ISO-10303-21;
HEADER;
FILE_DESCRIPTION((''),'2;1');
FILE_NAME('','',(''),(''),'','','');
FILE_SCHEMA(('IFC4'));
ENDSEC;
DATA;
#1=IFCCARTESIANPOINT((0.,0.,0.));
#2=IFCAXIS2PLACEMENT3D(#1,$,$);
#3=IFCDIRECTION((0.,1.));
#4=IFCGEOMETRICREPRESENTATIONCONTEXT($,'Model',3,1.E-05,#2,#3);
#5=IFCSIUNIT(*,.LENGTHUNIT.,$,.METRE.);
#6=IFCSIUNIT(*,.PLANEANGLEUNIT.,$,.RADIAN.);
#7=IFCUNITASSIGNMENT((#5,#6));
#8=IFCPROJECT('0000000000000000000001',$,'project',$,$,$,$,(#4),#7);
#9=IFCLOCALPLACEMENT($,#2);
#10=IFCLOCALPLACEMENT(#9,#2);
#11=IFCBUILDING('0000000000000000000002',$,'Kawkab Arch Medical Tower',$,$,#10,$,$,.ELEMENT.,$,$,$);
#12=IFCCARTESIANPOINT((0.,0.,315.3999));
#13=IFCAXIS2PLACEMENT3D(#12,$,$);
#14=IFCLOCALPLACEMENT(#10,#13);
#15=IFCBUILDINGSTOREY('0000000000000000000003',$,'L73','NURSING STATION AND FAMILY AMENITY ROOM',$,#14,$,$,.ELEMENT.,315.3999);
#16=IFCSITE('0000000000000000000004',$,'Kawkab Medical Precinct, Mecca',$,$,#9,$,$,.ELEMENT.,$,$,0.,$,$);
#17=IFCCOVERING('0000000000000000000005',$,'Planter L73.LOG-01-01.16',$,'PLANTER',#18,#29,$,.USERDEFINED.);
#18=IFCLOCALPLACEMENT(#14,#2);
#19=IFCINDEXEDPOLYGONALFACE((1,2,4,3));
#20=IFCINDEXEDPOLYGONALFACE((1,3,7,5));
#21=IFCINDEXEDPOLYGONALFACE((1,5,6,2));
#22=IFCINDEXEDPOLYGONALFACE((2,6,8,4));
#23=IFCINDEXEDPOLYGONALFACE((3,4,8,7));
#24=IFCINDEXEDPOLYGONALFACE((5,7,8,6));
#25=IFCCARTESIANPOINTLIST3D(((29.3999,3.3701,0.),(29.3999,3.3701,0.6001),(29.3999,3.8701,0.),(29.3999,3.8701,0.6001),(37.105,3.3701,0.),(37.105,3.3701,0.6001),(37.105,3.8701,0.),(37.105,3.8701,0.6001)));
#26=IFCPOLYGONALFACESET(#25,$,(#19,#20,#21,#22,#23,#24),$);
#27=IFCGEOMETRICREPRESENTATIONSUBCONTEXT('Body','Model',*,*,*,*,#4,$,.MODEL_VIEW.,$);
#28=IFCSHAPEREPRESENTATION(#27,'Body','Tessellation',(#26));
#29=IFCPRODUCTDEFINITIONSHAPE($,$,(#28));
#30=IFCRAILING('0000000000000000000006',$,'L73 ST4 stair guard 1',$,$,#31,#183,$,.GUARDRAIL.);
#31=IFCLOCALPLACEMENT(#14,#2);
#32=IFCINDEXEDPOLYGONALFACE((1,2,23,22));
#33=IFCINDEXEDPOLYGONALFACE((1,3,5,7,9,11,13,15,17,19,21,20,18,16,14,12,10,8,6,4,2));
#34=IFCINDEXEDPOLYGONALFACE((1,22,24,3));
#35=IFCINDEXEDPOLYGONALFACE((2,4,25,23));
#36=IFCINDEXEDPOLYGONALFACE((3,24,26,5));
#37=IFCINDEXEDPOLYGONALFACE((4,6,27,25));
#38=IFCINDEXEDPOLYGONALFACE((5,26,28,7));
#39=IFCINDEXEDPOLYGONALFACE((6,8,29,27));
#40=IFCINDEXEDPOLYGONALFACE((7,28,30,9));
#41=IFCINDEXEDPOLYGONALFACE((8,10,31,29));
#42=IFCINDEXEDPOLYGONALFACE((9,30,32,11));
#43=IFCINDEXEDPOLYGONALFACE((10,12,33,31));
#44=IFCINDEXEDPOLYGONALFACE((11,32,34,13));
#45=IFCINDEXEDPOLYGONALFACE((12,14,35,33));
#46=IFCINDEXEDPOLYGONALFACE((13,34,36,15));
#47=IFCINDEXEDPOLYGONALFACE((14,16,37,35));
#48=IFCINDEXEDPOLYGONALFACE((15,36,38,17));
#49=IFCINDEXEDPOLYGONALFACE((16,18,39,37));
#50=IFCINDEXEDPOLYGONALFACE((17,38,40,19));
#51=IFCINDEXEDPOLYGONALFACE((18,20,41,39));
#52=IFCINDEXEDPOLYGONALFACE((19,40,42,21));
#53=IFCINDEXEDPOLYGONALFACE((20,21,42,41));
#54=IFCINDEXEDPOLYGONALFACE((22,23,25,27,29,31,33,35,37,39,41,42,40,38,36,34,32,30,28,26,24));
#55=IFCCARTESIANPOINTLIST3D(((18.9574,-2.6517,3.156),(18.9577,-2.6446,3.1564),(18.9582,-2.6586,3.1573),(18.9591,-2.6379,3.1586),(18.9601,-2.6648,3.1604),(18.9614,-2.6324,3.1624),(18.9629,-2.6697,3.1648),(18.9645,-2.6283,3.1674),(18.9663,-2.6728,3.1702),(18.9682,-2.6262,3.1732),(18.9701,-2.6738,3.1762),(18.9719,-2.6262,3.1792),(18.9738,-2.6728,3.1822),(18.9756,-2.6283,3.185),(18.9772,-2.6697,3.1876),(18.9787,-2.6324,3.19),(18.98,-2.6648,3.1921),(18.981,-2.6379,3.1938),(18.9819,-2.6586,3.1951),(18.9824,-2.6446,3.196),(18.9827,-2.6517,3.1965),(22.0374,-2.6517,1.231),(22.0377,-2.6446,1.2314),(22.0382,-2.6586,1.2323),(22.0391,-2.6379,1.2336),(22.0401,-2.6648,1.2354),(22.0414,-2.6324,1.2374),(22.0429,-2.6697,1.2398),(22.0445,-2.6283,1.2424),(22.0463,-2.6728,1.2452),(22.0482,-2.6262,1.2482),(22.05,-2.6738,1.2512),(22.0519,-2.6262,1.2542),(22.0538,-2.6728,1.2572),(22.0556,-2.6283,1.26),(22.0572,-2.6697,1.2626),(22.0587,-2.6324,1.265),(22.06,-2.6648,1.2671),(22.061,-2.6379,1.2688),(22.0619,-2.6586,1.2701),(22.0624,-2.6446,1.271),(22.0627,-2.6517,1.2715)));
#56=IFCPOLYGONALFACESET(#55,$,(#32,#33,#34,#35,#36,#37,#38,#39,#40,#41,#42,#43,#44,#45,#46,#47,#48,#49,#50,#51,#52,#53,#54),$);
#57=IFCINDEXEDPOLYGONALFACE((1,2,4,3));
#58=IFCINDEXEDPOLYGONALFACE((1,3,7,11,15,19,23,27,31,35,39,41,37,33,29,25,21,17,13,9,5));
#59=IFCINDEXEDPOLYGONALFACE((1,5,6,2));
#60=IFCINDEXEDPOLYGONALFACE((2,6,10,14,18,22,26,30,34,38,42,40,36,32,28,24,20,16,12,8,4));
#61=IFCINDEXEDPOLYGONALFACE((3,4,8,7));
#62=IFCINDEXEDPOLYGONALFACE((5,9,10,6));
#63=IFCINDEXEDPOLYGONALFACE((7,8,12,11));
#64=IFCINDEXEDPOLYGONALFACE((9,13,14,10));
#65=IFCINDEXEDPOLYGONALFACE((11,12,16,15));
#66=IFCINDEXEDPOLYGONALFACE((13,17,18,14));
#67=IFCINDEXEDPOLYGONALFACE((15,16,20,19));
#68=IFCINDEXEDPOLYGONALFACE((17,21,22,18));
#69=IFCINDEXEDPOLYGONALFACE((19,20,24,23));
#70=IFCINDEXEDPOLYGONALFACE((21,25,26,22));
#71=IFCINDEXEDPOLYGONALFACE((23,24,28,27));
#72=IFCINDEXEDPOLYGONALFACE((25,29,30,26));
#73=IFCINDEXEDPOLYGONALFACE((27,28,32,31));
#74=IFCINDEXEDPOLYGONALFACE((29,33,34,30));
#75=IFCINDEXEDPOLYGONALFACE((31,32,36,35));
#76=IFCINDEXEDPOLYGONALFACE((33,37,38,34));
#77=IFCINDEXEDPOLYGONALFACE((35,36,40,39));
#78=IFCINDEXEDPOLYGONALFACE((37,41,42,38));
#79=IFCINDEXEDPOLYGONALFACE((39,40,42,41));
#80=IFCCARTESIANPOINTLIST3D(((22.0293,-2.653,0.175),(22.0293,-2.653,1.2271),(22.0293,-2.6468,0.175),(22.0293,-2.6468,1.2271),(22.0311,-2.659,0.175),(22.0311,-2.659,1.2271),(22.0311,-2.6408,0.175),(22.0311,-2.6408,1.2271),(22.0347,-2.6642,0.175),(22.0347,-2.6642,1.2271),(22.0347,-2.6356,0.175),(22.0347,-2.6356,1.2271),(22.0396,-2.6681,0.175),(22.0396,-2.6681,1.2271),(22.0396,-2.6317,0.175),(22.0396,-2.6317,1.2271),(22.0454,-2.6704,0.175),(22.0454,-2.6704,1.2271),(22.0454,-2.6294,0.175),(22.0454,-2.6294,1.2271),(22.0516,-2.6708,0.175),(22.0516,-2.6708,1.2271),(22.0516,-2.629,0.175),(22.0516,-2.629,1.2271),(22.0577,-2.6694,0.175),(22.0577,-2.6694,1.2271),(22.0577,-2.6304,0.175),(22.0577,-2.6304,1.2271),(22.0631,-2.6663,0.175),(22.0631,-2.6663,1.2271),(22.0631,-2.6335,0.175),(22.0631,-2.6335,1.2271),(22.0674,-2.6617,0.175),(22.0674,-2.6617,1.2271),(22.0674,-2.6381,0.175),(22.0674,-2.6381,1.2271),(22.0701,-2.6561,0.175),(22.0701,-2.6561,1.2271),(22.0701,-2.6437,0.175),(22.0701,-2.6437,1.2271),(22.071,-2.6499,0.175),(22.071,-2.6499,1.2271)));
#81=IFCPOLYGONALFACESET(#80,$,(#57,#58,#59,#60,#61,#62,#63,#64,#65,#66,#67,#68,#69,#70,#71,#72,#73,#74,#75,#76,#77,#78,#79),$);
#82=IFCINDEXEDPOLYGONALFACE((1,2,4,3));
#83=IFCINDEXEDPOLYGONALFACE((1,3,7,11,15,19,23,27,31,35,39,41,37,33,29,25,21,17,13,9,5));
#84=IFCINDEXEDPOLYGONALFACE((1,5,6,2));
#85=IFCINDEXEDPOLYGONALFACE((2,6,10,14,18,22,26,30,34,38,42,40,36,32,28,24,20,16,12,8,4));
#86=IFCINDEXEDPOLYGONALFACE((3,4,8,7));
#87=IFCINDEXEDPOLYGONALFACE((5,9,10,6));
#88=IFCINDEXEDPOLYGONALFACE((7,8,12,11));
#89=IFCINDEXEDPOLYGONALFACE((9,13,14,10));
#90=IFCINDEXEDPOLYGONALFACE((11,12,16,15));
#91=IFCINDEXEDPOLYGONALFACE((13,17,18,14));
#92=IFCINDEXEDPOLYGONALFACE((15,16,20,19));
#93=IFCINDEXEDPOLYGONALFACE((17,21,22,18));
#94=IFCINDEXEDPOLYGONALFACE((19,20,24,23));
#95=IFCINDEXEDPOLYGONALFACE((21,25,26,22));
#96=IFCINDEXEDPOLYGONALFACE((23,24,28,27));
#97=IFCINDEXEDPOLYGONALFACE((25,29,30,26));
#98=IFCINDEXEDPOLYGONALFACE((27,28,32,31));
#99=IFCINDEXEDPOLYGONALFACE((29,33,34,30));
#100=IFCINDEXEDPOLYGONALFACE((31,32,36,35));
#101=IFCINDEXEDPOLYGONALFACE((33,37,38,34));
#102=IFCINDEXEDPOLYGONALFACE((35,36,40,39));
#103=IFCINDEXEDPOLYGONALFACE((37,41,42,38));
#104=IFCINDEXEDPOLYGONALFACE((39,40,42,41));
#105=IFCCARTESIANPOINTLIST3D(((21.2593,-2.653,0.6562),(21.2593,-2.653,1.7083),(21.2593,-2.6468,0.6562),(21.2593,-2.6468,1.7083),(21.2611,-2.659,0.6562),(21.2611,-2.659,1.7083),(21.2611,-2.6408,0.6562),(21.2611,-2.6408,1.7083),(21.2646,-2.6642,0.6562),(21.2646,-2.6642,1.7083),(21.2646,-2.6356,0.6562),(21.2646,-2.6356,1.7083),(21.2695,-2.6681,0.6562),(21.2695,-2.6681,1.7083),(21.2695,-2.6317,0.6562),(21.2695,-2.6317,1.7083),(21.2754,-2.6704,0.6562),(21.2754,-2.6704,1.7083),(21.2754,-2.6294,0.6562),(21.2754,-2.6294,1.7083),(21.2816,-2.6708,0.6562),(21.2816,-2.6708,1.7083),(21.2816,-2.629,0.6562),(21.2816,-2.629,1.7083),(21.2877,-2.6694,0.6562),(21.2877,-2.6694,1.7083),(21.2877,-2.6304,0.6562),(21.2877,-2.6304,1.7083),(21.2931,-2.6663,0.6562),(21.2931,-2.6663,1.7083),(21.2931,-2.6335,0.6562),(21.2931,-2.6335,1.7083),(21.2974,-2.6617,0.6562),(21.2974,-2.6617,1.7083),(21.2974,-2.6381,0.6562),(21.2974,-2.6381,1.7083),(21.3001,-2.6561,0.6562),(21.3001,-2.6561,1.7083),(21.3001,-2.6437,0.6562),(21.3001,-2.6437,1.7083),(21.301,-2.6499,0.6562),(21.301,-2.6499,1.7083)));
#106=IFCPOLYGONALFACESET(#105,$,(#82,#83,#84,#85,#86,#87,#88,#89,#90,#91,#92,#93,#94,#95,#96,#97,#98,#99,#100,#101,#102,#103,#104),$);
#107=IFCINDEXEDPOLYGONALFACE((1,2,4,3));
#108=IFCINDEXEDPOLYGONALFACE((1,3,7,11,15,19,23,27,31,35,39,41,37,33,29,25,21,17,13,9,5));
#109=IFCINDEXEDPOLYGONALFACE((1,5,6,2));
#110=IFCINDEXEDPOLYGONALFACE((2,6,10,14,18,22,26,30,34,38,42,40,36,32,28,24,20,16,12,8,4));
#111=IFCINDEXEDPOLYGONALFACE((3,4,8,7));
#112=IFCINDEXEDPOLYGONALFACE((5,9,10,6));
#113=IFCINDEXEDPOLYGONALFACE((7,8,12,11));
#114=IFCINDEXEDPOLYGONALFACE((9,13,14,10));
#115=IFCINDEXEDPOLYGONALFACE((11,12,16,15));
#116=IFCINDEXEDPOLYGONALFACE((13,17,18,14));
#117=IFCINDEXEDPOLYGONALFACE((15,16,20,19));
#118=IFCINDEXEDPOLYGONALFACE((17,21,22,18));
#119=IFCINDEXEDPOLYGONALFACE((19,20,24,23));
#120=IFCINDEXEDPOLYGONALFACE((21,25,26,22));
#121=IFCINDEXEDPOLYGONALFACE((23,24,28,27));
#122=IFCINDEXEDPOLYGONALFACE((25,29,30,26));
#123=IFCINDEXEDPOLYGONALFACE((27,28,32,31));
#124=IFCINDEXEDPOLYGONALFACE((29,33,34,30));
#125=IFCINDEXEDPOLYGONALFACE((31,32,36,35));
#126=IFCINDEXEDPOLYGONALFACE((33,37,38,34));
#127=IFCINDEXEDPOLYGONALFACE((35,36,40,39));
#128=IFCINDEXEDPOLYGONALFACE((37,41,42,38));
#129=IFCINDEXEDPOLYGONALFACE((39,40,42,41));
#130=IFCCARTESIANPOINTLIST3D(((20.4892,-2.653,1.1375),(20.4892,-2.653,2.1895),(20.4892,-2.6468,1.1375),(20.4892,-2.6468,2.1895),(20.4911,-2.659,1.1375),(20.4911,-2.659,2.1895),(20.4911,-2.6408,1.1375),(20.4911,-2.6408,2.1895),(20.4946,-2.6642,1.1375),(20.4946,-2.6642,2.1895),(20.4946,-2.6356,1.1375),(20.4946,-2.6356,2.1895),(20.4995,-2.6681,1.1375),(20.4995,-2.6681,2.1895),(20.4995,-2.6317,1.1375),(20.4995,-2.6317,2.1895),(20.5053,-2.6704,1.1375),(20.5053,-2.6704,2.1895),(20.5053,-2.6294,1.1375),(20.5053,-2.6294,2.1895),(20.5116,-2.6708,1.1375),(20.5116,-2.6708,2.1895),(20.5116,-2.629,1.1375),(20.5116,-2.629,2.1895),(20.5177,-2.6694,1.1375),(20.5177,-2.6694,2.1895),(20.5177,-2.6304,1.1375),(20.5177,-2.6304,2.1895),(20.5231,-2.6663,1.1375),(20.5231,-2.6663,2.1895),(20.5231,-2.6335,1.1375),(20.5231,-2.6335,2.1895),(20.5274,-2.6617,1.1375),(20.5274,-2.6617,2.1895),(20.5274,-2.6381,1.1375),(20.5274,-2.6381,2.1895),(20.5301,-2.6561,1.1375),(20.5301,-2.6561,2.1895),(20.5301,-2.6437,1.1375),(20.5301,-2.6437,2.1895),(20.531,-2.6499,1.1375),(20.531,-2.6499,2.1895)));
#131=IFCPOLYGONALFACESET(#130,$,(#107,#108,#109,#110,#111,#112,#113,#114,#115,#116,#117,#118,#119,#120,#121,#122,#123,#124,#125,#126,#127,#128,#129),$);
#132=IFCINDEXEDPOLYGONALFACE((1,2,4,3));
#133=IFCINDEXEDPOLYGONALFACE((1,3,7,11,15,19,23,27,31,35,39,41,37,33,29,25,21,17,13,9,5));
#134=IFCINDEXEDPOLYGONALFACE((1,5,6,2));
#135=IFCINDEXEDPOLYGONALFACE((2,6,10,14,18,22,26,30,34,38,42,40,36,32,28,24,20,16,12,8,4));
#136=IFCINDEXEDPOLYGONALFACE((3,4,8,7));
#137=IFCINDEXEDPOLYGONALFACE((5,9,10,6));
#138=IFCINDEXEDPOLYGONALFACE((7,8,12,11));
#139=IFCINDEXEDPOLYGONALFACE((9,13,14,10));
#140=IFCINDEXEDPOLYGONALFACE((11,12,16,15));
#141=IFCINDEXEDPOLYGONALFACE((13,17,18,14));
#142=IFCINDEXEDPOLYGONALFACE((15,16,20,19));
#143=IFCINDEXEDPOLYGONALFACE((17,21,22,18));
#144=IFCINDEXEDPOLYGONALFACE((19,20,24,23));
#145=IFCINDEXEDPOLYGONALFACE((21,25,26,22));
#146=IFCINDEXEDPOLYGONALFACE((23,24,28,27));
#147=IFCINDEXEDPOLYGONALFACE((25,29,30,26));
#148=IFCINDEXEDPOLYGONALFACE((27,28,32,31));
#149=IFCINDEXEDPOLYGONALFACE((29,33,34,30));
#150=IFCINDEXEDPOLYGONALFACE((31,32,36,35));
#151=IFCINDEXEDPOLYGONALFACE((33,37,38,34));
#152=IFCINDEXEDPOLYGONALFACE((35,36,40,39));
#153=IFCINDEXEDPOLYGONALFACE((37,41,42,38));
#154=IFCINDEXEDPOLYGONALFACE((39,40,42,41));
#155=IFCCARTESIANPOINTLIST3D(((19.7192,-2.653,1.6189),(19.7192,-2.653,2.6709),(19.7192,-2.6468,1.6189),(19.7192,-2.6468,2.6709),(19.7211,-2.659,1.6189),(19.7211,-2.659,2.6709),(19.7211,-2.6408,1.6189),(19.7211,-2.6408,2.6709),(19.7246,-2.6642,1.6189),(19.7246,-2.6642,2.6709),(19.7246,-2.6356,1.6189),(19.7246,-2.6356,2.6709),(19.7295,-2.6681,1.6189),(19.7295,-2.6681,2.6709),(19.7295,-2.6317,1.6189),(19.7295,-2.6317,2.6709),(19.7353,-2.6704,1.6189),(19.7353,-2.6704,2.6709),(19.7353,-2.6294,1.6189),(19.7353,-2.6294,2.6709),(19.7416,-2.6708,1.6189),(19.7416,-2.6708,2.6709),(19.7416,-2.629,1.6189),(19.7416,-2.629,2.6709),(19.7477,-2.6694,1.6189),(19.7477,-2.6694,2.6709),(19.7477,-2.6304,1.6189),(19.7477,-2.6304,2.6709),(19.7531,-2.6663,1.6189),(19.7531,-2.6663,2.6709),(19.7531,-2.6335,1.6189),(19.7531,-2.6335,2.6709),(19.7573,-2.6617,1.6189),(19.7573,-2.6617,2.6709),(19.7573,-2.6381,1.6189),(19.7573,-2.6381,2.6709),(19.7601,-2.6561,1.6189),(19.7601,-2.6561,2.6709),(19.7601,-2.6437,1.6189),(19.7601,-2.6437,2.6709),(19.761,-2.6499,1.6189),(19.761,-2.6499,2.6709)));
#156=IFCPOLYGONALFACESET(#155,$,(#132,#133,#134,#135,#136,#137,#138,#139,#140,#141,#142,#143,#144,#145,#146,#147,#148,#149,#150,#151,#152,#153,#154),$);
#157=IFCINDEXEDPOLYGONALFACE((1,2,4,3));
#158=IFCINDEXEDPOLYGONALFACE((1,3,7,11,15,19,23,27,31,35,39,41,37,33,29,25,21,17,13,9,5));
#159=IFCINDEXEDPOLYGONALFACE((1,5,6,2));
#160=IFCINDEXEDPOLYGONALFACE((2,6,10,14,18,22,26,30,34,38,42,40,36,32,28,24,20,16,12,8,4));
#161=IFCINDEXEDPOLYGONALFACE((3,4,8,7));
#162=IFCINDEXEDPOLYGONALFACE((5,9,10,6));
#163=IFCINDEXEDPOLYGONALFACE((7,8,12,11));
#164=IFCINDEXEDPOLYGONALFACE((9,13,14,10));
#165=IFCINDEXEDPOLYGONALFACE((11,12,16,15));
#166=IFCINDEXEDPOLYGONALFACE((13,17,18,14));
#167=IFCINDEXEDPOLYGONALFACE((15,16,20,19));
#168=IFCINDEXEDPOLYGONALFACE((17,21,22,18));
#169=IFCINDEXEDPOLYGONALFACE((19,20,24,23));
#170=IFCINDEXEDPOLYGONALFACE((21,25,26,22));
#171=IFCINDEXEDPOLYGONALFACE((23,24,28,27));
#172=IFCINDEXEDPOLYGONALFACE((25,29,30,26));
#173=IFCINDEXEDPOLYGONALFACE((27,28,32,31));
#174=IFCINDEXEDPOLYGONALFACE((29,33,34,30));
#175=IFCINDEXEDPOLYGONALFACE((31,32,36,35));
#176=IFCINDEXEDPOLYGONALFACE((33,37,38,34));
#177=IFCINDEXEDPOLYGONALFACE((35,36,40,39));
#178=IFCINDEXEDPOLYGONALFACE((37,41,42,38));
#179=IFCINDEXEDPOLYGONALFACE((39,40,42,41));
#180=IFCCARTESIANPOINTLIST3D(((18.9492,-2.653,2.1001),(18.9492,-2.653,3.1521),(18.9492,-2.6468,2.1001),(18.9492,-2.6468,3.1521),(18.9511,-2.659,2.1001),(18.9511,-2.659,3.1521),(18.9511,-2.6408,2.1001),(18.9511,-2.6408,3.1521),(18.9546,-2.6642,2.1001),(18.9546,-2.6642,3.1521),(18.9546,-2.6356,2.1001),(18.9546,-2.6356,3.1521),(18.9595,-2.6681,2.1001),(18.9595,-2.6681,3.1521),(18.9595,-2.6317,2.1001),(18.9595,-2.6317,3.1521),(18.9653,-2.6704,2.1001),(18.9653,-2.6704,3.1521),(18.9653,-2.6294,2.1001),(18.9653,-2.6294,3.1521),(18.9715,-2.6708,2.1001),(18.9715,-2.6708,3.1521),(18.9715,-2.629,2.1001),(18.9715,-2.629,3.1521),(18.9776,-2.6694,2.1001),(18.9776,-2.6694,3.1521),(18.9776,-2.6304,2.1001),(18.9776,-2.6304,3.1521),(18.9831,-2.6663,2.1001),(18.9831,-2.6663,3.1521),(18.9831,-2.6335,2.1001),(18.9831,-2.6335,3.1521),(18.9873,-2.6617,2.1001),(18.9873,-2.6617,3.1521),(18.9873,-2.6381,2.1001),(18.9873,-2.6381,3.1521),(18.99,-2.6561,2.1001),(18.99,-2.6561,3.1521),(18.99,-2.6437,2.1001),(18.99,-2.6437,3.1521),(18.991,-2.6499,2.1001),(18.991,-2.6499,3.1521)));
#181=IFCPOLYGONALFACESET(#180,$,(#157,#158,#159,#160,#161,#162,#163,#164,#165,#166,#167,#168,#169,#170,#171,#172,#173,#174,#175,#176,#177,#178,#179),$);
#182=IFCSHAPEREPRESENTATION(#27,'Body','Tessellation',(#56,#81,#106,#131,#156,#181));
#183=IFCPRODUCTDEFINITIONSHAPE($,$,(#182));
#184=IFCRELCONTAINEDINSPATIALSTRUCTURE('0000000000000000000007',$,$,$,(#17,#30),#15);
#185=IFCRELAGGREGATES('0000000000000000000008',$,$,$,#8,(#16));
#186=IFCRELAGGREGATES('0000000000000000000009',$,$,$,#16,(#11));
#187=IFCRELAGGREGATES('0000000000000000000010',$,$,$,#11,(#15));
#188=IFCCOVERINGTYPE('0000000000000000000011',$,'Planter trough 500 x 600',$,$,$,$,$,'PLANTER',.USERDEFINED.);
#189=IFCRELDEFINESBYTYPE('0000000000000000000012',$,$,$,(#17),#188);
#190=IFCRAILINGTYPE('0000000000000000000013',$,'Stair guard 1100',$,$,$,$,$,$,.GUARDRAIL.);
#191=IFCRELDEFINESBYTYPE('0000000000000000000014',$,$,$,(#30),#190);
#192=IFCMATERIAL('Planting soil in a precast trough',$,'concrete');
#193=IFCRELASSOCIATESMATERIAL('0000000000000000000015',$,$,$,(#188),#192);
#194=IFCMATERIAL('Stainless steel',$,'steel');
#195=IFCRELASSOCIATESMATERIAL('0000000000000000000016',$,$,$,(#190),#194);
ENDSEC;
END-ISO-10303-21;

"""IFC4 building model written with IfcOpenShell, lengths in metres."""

from ifc_helpers import new_model, si_unit, direction, frame, origin, origin_2d, place, context, subcontext, project, spatial, rectangle, circle, extrude, material, material_profile, profile_set, type_object, element, save


model = new_model("IFC4")

# Units and contexts
model_context = context("Model", 3, precision=1e-05, world=origin(), true_north=direction((0.0, 1.0)))
body_context = subcontext(model_context, "Body", "Model", "MODEL_VIEW")
ifc_project = project(units=[si_unit("LENGTHUNIT", "METRE"), si_unit("PLANEANGLEUNIT", "RADIAN")], contexts=[model_context])

# Site, building, storey
site_placement = place(None, origin())
site = spatial("IfcSite", under=ifc_project, at=site_placement, Name="Kawkab Medical Precinct, Mecca", CompositionType="ELEMENT", RefElevation=0.0)
building_placement = place(site_placement, origin())
building = spatial("IfcBuilding", under=site, at=building_placement, Name="Kawkab Arch Medical Tower", CompositionType="ELEMENT")
storey_placement = place(building_placement, frame((0.0, 0.0, 315.3999)))
storey = spatial("IfcBuildingStorey", under=building, at=storey_placement, Name="L73", Description="NURSING STATION AND FAMILY AMENITY ROOM", CompositionType="ELEMENT", Elevation=315.3999)

# Covering
ifc_material_1 = material(Name="Planting soil in a precast trough", Category="concrete")
ifc_material_profile_1 = material_profile(ifc_material_1, rectangle(XDim=0.5, YDim=0.6001, at=origin_2d()), Name="Trough 500x600")
ifc_profile_set_1 = profile_set([ifc_material_profile_1], Name="Planting soil in a precast trough")
covering_type_1 = type_object("IfcCoveringType", Name="Planter trough 500 x 600", ElementType="PLANTER", PredefinedType="USERDEFINED", material=ifc_profile_set_1)
covering_1_placement = place(storey_placement, frame((29.3999, 3.6201, 0.3), z_axis=(1.0, 0.0, 0.0), x_axis=(0.0, 1.0, 0.0)))
element("IfcCovering", 1, at=covering_1_placement, inside=storey, type_object=covering_type_1, Name="Planter L73.LOG-01-01.16", ObjectType="PLANTER", PredefinedType="USERDEFINED", context=body_context, shape_type="SweptSolid", body=[
    extrude(rectangle(XDim=0.5, YDim=0.6001, at=origin_2d()), origin(), (0.0, 0.0, 1.0), 7.7051),
])

# Railing
ifc_material_2 = material(Name="Stainless steel", Category="steel")
railing_type_1 = type_object("IfcRailingType", Name="Stair guard 1100", PredefinedType="GUARDRAIL", material=ifc_material_2)
railing_1_placement = place(storey_placement, frame((22.05, -2.6499, 0.175)))
element("IfcRailing", 2, at=railing_1_placement, inside=storey, type_object=railing_type_1, Name="L73 ST4 stair guard 1", PredefinedType="GUARDRAIL", context=body_context, shape_type="SweptSolid", body=[
    extrude(circle(Radius=0.0239, at=origin_2d()), frame((0.0, 0.0, 1.0762), z_axis=(-0.847998, 0.0, 0.529999), x_axis=(0.0, -1.0, 0.0)), (0.0, 0.0, 1.0), 3.6321),
    extrude(circle(Radius=0.021, at=origin_2d()), origin(), (0.0, 0.0, 1.0), 1.052),
    extrude(circle(Radius=0.021, at=origin_2d()), frame((-0.77, 0.0, 0.4812)), (0.0, 0.0, 1.0), 1.052),
    extrude(circle(Radius=0.021, at=origin_2d()), frame((-1.54, 0.0, 0.9624)), (0.0, 0.0, 1.0), 1.052),
    extrude(circle(Radius=0.021, at=origin_2d()), frame((-2.3101, 0.0, 1.4438)), (0.0, 0.0, 1.0), 1.052),
    extrude(circle(Radius=0.021, at=origin_2d()), frame((-3.0801, 0.0, 1.925)), (0.0, 0.0, 1.0), 1.052),
])

save(model, "model.ifc")
